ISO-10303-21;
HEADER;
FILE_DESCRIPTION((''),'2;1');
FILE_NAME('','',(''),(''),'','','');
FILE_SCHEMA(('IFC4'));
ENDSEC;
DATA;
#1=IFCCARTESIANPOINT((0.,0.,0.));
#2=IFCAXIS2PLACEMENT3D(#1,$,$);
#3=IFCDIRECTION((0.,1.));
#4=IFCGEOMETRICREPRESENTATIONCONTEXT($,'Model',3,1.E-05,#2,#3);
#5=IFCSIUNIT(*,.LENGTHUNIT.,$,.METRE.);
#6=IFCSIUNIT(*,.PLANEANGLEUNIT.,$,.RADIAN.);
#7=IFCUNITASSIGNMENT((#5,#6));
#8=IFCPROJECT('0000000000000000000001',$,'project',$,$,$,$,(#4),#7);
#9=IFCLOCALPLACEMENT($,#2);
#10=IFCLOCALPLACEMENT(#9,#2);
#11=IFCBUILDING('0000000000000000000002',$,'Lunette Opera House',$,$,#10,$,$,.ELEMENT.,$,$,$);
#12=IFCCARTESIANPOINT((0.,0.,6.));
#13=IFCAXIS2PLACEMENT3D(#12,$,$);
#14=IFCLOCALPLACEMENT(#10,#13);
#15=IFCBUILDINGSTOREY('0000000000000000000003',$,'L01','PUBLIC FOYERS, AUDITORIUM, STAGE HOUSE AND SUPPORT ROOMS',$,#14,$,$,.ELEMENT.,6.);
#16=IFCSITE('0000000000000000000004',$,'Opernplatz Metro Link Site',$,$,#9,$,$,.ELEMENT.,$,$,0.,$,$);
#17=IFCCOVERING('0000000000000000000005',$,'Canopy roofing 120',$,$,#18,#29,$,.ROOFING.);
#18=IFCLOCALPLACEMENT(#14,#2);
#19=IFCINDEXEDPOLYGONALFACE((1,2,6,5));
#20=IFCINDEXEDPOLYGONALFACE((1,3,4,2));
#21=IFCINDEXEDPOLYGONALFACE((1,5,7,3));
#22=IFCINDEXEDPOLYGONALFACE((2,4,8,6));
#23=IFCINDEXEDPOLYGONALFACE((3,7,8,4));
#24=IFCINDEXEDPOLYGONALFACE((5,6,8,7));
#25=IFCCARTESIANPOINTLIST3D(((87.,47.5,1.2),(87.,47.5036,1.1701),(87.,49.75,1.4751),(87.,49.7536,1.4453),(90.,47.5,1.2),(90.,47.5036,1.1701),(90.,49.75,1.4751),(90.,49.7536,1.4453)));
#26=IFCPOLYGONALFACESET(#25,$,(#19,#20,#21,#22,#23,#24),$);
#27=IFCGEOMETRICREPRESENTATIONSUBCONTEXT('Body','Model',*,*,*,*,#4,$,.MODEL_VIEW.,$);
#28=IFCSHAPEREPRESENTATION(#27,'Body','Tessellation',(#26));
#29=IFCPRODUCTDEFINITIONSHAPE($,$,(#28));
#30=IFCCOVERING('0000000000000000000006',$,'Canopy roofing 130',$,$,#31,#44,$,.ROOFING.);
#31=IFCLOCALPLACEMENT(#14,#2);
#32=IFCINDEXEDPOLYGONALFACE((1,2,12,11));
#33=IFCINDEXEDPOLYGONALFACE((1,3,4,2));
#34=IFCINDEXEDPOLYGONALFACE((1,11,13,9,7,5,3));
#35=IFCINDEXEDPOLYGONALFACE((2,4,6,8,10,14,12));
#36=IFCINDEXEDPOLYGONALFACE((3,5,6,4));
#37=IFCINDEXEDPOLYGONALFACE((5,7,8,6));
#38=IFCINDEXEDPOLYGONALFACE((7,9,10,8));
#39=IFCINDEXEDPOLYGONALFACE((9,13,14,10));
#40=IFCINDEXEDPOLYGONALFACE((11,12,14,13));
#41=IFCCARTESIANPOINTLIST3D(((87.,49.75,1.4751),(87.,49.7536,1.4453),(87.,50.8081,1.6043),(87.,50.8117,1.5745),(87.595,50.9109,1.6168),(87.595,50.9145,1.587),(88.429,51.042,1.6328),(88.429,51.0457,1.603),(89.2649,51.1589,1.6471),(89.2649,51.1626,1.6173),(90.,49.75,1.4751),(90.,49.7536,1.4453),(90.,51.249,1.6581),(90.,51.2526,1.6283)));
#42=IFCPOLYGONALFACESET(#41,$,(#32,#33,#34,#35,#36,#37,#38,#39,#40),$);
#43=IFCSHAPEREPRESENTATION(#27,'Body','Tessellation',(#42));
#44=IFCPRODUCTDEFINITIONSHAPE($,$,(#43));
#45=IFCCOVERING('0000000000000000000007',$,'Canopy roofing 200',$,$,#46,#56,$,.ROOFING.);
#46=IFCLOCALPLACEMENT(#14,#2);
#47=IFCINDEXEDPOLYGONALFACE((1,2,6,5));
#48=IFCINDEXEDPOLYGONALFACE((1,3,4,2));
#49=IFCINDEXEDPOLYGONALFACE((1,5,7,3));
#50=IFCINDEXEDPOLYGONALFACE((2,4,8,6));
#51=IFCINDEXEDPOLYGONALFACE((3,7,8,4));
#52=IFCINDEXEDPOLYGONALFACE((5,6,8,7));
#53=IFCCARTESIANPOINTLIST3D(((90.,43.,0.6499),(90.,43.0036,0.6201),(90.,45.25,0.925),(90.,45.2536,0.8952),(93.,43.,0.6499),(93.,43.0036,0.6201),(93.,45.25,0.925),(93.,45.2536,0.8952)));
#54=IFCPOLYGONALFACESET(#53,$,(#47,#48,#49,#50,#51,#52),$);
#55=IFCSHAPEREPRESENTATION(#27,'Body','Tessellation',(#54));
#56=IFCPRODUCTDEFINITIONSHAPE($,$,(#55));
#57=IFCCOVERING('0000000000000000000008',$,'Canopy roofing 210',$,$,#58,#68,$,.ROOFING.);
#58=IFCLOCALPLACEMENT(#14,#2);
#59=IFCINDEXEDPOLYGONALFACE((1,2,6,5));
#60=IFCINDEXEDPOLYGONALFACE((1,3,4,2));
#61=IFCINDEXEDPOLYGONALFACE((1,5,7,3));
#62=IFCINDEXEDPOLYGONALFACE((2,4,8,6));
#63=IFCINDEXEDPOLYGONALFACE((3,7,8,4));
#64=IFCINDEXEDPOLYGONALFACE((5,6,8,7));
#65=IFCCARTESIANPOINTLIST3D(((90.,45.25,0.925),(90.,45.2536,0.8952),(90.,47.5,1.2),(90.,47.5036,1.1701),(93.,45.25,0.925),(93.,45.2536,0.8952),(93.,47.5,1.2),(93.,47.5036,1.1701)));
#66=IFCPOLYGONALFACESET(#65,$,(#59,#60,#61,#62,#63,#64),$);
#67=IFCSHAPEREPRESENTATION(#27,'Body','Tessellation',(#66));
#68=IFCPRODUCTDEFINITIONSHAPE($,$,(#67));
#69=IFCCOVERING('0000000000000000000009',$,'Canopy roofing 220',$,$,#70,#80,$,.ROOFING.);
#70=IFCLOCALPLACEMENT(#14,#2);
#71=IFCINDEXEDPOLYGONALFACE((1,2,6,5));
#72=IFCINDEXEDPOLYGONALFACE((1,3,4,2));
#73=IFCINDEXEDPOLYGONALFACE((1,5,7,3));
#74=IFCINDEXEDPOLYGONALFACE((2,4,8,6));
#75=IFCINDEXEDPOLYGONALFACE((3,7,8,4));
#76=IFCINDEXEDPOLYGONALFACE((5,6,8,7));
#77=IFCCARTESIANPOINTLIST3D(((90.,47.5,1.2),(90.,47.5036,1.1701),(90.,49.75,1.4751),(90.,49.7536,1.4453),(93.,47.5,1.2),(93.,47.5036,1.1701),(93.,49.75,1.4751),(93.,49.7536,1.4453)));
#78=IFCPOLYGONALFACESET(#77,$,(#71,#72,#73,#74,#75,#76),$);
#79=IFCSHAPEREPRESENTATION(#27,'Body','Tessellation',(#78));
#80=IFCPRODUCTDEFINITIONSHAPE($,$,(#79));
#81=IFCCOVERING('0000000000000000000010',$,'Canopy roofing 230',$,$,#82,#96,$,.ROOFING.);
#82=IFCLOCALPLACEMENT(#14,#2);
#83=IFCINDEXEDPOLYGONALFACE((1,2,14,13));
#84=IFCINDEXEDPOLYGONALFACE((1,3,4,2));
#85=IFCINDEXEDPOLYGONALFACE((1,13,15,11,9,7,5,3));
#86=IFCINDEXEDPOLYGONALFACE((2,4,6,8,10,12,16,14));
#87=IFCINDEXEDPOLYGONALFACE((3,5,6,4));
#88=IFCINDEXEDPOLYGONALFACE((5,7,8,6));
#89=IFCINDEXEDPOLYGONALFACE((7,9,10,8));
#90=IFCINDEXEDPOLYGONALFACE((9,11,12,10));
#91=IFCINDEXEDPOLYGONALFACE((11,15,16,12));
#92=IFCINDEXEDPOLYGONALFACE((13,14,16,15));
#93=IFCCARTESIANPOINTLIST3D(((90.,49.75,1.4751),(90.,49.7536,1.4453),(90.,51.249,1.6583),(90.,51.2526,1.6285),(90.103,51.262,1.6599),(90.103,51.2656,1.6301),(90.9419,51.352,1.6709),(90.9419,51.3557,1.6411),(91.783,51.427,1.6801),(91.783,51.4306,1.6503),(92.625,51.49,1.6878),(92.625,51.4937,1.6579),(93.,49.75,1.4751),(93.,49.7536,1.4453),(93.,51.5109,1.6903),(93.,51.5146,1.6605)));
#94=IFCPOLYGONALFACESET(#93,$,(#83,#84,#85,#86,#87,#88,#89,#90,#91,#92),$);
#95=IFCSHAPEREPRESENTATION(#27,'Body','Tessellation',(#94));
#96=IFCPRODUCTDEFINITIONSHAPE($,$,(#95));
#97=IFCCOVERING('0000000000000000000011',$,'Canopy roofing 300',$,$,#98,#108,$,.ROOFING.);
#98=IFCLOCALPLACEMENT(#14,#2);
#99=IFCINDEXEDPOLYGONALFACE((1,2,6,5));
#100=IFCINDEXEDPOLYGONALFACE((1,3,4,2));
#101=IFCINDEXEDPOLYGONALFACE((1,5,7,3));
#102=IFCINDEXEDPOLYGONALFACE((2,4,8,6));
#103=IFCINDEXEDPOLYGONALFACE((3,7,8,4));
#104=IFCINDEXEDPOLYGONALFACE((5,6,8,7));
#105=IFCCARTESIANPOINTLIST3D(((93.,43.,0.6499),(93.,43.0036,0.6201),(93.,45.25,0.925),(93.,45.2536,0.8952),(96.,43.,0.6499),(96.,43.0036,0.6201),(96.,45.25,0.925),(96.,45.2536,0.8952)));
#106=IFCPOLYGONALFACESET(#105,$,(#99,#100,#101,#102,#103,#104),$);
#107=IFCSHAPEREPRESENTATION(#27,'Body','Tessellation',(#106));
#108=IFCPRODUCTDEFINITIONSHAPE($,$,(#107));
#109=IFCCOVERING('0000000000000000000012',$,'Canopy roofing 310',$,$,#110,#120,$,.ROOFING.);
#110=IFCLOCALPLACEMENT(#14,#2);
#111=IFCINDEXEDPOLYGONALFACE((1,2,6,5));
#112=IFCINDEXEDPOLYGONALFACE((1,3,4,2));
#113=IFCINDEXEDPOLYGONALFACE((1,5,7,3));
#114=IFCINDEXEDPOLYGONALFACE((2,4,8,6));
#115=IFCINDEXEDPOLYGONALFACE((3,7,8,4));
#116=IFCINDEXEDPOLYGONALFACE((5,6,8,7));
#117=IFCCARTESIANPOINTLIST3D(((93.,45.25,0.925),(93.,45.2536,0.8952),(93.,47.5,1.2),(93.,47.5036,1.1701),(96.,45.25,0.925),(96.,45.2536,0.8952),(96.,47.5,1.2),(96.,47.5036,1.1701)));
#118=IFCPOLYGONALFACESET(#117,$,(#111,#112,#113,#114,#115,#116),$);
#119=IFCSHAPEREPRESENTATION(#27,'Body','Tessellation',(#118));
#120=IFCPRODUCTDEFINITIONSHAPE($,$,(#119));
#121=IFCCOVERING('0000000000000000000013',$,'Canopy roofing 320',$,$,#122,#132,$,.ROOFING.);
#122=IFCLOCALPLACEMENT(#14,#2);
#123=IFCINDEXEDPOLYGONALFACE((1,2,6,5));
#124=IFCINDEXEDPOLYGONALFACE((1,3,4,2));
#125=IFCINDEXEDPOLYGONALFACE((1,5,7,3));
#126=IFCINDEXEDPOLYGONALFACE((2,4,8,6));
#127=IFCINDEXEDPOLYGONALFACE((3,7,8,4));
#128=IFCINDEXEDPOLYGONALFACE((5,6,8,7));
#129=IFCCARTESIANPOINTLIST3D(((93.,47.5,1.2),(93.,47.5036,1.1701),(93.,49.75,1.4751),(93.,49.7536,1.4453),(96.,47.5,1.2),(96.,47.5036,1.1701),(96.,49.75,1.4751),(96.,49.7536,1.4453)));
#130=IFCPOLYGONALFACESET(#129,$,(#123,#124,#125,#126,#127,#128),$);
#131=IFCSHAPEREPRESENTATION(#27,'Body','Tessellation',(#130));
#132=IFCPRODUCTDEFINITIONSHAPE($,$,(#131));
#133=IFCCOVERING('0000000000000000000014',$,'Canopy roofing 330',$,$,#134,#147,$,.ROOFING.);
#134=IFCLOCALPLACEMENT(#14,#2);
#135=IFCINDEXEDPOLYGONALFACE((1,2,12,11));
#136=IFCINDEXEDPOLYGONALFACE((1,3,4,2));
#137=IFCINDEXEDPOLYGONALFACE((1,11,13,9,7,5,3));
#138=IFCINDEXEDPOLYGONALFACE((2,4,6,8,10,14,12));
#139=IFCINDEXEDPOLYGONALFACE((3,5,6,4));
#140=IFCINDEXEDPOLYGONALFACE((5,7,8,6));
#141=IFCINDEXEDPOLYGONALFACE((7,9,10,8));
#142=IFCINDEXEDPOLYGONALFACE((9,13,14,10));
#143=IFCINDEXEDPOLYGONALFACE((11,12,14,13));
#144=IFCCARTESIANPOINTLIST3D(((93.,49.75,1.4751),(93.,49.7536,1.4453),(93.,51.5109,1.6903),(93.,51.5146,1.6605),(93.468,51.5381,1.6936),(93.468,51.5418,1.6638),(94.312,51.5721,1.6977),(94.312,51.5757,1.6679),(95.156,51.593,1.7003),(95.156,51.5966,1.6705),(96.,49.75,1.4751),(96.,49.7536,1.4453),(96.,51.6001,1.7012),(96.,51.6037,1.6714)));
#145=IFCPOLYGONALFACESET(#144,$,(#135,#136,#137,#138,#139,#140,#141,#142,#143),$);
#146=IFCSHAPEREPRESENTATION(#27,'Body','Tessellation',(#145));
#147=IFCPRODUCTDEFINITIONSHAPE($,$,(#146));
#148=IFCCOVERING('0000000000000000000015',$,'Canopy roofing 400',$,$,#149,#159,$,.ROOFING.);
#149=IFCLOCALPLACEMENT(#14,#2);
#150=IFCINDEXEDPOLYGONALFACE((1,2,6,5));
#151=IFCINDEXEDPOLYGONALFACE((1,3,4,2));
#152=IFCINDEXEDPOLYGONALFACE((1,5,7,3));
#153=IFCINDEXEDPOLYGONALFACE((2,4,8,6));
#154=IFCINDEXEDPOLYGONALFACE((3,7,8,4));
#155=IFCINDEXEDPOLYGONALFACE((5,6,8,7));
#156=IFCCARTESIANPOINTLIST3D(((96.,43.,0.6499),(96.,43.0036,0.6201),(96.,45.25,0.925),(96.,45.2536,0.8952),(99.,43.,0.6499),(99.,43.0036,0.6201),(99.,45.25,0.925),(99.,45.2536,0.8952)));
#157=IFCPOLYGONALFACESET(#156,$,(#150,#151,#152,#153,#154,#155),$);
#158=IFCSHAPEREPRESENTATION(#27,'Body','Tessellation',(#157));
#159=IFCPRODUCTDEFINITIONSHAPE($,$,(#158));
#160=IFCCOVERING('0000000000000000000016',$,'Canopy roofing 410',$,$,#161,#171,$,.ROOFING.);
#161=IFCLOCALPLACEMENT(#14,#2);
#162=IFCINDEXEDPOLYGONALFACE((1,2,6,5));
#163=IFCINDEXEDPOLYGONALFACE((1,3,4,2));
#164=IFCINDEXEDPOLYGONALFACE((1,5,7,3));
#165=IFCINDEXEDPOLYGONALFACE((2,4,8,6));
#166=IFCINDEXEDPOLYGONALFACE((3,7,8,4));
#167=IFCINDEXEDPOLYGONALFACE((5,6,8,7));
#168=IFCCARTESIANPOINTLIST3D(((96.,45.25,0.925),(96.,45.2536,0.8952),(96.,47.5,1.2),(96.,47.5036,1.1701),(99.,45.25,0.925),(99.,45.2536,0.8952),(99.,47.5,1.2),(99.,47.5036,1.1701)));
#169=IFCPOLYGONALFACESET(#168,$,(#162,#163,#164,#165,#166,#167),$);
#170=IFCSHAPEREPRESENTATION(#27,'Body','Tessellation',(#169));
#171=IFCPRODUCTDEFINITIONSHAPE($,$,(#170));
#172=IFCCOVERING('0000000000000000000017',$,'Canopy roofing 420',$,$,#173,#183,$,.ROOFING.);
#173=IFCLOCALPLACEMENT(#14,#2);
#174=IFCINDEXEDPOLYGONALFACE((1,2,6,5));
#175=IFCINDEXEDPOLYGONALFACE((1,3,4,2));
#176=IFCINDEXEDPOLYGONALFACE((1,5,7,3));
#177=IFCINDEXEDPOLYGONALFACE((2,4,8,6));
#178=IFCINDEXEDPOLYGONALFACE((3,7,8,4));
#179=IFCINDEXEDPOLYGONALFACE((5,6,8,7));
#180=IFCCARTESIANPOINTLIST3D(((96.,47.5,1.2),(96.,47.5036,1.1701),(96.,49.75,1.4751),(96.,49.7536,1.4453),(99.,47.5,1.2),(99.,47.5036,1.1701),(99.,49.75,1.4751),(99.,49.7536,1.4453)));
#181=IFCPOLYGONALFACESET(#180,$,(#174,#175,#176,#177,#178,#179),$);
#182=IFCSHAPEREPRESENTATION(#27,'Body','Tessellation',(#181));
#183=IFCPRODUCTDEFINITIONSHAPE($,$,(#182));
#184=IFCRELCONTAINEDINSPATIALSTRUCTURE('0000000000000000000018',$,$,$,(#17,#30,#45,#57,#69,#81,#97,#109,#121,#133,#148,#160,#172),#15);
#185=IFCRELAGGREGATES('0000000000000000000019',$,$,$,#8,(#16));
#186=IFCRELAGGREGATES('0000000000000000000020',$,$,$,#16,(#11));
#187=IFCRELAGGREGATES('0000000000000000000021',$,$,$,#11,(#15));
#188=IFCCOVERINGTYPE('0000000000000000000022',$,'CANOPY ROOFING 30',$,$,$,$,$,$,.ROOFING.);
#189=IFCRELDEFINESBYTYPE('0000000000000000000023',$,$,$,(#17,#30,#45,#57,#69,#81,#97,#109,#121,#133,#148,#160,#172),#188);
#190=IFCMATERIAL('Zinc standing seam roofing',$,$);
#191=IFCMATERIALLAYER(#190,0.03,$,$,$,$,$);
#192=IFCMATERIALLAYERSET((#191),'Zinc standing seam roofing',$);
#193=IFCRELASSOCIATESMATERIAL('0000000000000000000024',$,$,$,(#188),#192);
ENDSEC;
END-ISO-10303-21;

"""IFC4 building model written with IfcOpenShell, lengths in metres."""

from ifc_helpers import new_model, si_unit, direction, frame, origin, place, context, subcontext, project, spatial, polyline, outline, extrude, material, layer, layer_set, type_object, element, save


model = new_model("IFC4")

# Units and contexts
model_context = context("Model", 3, precision=1e-05, world=origin(), true_north=direction((0.0, 1.0)))
body_context = subcontext(model_context, "Body", "Model", "MODEL_VIEW")
ifc_project = project(units=[si_unit("LENGTHUNIT", "METRE"), si_unit("PLANEANGLEUNIT", "RADIAN")], contexts=[model_context])

# Site, building, storey
site_placement = place(None, origin())
site = spatial("IfcSite", under=ifc_project, at=site_placement, Name="Opernplatz Metro Link Site", CompositionType="ELEMENT", RefElevation=0.0)
building_placement = place(site_placement, origin())
building = spatial("IfcBuilding", under=site, at=building_placement, Name="Lunette Opera House", CompositionType="ELEMENT")
storey_placement = place(building_placement, frame((0.0, 0.0, 6.0)))
storey = spatial("IfcBuildingStorey", under=building, at=storey_placement, Name="L01", Description="PUBLIC FOYERS, AUDITORIUM, STAGE HOUSE AND SUPPORT ROOMS", CompositionType="ELEMENT", Elevation=6.0)

# Coverings
ifc_material_1 = material(Name="Zinc standing seam roofing")
ifc_layer_1 = layer(ifc_material_1, 0.03)
ifc_layer_set_1 = layer_set([ifc_layer_1], Name="Zinc standing seam roofing")
covering_type = type_object("IfcCoveringType", Name="CANOPY ROOFING 30", PredefinedType="ROOFING", material=ifc_layer_set_1)
covering_1_placement = place(storey_placement, frame((87.0, 47.5, 1.2), z_axis=(0.0, -0.121383, 0.992606), x_axis=(0.0, 0.992606, 0.121383)))
element("IfcCovering", 1, at=covering_1_placement, inside=storey, type_object=covering_type, Name="Canopy roofing 120", PredefinedType="ROOFING", context=body_context, shape_type="SweptSolid", body=[
    extrude(outline(polyline([(0.0, 0.0), (2.2668, 0.0), (2.2668, -3.0), (0.0, -3.0), (0.0, 0.0)])), origin(), (0.0, 0.0, -1.0), 0.03),
])
covering_2_placement = place(storey_placement, frame((90.0, 49.75, 1.4751), z_axis=(-0.000007, -0.121193, 0.992629), x_axis=(-1.0, 0.000001, -0.000007)))
element("IfcCovering", 2, at=covering_2_placement, inside=storey, type_object=covering_type, Name="Canopy roofing 130", PredefinedType="ROOFING", context=body_context, shape_type="SweptSolid", body=[
    extrude(outline(polyline([(0.0, 0.0), (3.0, 0.0), (3.0, -1.0659), (2.405, -1.1695), (1.571, -1.3016), (0.7351, -1.4194), (0.0, -1.5101), (0.0, 0.0)])), origin(), (0.0, 0.0, -1.0), 0.03),
])
covering_3_placement = place(storey_placement, frame((90.0, 43.0, 0.6499), z_axis=(0.0, -0.121383, 0.992606), x_axis=(0.0, 0.992606, 0.121383)))
element("IfcCovering", 3, at=covering_3_placement, inside=storey, type_object=covering_type, Name="Canopy roofing 200", PredefinedType="ROOFING", context=body_context, shape_type="SweptSolid", body=[
    extrude(outline(polyline([(0.0, 0.0), (2.2668, 0.0), (2.2668, -3.0), (0.0, -3.0), (0.0, 0.0)])), origin(), (0.0, 0.0, -1.0), 0.03),
])
covering_4_placement = place(storey_placement, frame((90.0, 45.25, 0.925), z_axis=(0.0, -0.121277, 0.992619), x_axis=(0.0, 0.992619, 0.121277)))
element("IfcCovering", 4, at=covering_4_placement, inside=storey, type_object=covering_type, Name="Canopy roofing 210", PredefinedType="ROOFING", context=body_context, shape_type="SweptSolid", body=[
    extrude(outline(polyline([(0.0, 0.0), (2.2667, 0.0), (2.2667, -3.0), (0.0, -3.0), (0.0, 0.0)])), origin(), (0.0, 0.0, -1.0), 0.03),
])
covering_5_placement = place(storey_placement, frame((90.0, 47.5, 1.2), z_axis=(0.0, -0.121383, 0.992606), x_axis=(0.0, 0.992606, 0.121383)))
element("IfcCovering", 5, at=covering_5_placement, inside=storey, type_object=covering_type, Name="Canopy roofing 220", PredefinedType="ROOFING", context=body_context, shape_type="SweptSolid", body=[
    extrude(outline(polyline([(0.0, 0.0), (2.2668, 0.0), (2.2668, -3.0), (0.0, -3.0), (0.0, 0.0)])), origin(), (0.0, 0.0, -1.0), 0.03),
])
covering_6_placement = place(storey_placement, frame((93.0, 49.75, 1.4751), z_axis=(0.000014, -0.121307, 0.992615), x_axis=(-1.0, -0.000002, 0.000014)))
element("IfcCovering", 6, at=covering_6_placement, inside=storey, type_object=covering_type, Name="Canopy roofing 230", PredefinedType="ROOFING", context=body_context, shape_type="SweptSolid", body=[
    extrude(outline(polyline([(0.0, 0.0), (3.0, 0.0), (3.0, -1.5101), (2.897, -1.5232), (2.0581, -1.614), (1.217, -1.6895), (0.375, -1.753), (0.0, -1.774), (0.0, 0.0)])), origin(), (0.0, 0.0, -1.0), 0.03),
])
covering_7_placement = place(storey_placement, frame((93.0, 43.0, 0.6499), z_axis=(0.0, -0.121383, 0.992606), x_axis=(0.0, 0.992606, 0.121383)))
element("IfcCovering", 7, at=covering_7_placement, inside=storey, type_object=covering_type, Name="Canopy roofing 300", PredefinedType="ROOFING", context=body_context, shape_type="SweptSolid", body=[
    extrude(outline(polyline([(0.0, 0.0), (2.2668, 0.0), (2.2668, -3.0), (0.0, -3.0), (0.0, 0.0)])), origin(), (0.0, 0.0, -1.0), 0.03),
])
covering_8_placement = place(storey_placement, frame((93.0, 45.25, 0.925), z_axis=(0.0, -0.121277, 0.992619), x_axis=(0.0, 0.992619, 0.121277)))
element("IfcCovering", 8, at=covering_8_placement, inside=storey, type_object=covering_type, Name="Canopy roofing 310", PredefinedType="ROOFING", context=body_context, shape_type="SweptSolid", body=[
    extrude(outline(polyline([(0.0, 0.0), (2.2667, 0.0), (2.2667, -3.0), (0.0, -3.0), (0.0, 0.0)])), origin(), (0.0, 0.0, -1.0), 0.03),
])
covering_9_placement = place(storey_placement, frame((93.0, 47.5, 1.2), z_axis=(0.0, -0.121383, 0.992606), x_axis=(0.0, 0.992606, 0.121383)))
element("IfcCovering", 9, at=covering_9_placement, inside=storey, type_object=covering_type, Name="Canopy roofing 320", PredefinedType="ROOFING", context=body_context, shape_type="SweptSolid", body=[
    extrude(outline(polyline([(0.0, 0.0), (2.2668, 0.0), (2.2668, -3.0), (0.0, -3.0), (0.0, 0.0)])), origin(), (0.0, 0.0, -1.0), 0.03),
])
covering_10_placement = place(storey_placement, frame((96.0, 49.75, 1.4751), z_axis=(-0.000011, -0.121304, 0.992615), x_axis=(-1.0, 0.000001, -0.000011)))
element("IfcCovering", 10, at=covering_10_placement, inside=storey, type_object=covering_type, Name="Canopy roofing 330", PredefinedType="ROOFING", context=body_context, shape_type="SweptSolid", body=[
    extrude(outline(polyline([(0.0, 0.0), (3.0, 0.0), (3.0, -1.774), (2.532, -1.8014), (1.688, -1.8356), (0.844, -1.8567), (0.0, -1.8638), (0.0, 0.0)])), origin(), (0.0, 0.0, -1.0), 0.03),
])
covering_11_placement = place(storey_placement, frame((96.0, 43.0, 0.6499), z_axis=(0.0, -0.121383, 0.992606), x_axis=(0.0, 0.992606, 0.121383)))
element("IfcCovering", 11, at=covering_11_placement, inside=storey, type_object=covering_type, Name="Canopy roofing 400", PredefinedType="ROOFING", context=body_context, shape_type="SweptSolid", body=[
    extrude(outline(polyline([(0.0, 0.0), (2.2668, 0.0), (2.2668, -3.0), (0.0, -3.0), (0.0, 0.0)])), origin(), (0.0, 0.0, -1.0), 0.03),
])
covering_12_placement = place(storey_placement, frame((96.0, 45.25, 0.925), z_axis=(0.0, -0.121277, 0.992619), x_axis=(0.0, 0.992619, 0.121277)))
element("IfcCovering", 12, at=covering_12_placement, inside=storey, type_object=covering_type, Name="Canopy roofing 410", PredefinedType="ROOFING", context=body_context, shape_type="SweptSolid", body=[
    extrude(outline(polyline([(0.0, 0.0), (2.2667, 0.0), (2.2667, -3.0), (0.0, -3.0), (0.0, 0.0)])), origin(), (0.0, 0.0, -1.0), 0.03),
])
covering_13_placement = place(storey_placement, frame((96.0, 47.5, 1.2), z_axis=(0.0, -0.121383, 0.992606), x_axis=(0.0, 0.992606, 0.121383)))
element("IfcCovering", 13, at=covering_13_placement, inside=storey, type_object=covering_type, Name="Canopy roofing 420", PredefinedType="ROOFING", context=body_context, shape_type="SweptSolid", body=[
    extrude(outline(polyline([(0.0, 0.0), (2.2668, 0.0), (2.2668, -3.0), (0.0, -3.0), (0.0, 0.0)])), origin(), (0.0, 0.0, -1.0), 0.03),
])

save(model, "model.ifc")
